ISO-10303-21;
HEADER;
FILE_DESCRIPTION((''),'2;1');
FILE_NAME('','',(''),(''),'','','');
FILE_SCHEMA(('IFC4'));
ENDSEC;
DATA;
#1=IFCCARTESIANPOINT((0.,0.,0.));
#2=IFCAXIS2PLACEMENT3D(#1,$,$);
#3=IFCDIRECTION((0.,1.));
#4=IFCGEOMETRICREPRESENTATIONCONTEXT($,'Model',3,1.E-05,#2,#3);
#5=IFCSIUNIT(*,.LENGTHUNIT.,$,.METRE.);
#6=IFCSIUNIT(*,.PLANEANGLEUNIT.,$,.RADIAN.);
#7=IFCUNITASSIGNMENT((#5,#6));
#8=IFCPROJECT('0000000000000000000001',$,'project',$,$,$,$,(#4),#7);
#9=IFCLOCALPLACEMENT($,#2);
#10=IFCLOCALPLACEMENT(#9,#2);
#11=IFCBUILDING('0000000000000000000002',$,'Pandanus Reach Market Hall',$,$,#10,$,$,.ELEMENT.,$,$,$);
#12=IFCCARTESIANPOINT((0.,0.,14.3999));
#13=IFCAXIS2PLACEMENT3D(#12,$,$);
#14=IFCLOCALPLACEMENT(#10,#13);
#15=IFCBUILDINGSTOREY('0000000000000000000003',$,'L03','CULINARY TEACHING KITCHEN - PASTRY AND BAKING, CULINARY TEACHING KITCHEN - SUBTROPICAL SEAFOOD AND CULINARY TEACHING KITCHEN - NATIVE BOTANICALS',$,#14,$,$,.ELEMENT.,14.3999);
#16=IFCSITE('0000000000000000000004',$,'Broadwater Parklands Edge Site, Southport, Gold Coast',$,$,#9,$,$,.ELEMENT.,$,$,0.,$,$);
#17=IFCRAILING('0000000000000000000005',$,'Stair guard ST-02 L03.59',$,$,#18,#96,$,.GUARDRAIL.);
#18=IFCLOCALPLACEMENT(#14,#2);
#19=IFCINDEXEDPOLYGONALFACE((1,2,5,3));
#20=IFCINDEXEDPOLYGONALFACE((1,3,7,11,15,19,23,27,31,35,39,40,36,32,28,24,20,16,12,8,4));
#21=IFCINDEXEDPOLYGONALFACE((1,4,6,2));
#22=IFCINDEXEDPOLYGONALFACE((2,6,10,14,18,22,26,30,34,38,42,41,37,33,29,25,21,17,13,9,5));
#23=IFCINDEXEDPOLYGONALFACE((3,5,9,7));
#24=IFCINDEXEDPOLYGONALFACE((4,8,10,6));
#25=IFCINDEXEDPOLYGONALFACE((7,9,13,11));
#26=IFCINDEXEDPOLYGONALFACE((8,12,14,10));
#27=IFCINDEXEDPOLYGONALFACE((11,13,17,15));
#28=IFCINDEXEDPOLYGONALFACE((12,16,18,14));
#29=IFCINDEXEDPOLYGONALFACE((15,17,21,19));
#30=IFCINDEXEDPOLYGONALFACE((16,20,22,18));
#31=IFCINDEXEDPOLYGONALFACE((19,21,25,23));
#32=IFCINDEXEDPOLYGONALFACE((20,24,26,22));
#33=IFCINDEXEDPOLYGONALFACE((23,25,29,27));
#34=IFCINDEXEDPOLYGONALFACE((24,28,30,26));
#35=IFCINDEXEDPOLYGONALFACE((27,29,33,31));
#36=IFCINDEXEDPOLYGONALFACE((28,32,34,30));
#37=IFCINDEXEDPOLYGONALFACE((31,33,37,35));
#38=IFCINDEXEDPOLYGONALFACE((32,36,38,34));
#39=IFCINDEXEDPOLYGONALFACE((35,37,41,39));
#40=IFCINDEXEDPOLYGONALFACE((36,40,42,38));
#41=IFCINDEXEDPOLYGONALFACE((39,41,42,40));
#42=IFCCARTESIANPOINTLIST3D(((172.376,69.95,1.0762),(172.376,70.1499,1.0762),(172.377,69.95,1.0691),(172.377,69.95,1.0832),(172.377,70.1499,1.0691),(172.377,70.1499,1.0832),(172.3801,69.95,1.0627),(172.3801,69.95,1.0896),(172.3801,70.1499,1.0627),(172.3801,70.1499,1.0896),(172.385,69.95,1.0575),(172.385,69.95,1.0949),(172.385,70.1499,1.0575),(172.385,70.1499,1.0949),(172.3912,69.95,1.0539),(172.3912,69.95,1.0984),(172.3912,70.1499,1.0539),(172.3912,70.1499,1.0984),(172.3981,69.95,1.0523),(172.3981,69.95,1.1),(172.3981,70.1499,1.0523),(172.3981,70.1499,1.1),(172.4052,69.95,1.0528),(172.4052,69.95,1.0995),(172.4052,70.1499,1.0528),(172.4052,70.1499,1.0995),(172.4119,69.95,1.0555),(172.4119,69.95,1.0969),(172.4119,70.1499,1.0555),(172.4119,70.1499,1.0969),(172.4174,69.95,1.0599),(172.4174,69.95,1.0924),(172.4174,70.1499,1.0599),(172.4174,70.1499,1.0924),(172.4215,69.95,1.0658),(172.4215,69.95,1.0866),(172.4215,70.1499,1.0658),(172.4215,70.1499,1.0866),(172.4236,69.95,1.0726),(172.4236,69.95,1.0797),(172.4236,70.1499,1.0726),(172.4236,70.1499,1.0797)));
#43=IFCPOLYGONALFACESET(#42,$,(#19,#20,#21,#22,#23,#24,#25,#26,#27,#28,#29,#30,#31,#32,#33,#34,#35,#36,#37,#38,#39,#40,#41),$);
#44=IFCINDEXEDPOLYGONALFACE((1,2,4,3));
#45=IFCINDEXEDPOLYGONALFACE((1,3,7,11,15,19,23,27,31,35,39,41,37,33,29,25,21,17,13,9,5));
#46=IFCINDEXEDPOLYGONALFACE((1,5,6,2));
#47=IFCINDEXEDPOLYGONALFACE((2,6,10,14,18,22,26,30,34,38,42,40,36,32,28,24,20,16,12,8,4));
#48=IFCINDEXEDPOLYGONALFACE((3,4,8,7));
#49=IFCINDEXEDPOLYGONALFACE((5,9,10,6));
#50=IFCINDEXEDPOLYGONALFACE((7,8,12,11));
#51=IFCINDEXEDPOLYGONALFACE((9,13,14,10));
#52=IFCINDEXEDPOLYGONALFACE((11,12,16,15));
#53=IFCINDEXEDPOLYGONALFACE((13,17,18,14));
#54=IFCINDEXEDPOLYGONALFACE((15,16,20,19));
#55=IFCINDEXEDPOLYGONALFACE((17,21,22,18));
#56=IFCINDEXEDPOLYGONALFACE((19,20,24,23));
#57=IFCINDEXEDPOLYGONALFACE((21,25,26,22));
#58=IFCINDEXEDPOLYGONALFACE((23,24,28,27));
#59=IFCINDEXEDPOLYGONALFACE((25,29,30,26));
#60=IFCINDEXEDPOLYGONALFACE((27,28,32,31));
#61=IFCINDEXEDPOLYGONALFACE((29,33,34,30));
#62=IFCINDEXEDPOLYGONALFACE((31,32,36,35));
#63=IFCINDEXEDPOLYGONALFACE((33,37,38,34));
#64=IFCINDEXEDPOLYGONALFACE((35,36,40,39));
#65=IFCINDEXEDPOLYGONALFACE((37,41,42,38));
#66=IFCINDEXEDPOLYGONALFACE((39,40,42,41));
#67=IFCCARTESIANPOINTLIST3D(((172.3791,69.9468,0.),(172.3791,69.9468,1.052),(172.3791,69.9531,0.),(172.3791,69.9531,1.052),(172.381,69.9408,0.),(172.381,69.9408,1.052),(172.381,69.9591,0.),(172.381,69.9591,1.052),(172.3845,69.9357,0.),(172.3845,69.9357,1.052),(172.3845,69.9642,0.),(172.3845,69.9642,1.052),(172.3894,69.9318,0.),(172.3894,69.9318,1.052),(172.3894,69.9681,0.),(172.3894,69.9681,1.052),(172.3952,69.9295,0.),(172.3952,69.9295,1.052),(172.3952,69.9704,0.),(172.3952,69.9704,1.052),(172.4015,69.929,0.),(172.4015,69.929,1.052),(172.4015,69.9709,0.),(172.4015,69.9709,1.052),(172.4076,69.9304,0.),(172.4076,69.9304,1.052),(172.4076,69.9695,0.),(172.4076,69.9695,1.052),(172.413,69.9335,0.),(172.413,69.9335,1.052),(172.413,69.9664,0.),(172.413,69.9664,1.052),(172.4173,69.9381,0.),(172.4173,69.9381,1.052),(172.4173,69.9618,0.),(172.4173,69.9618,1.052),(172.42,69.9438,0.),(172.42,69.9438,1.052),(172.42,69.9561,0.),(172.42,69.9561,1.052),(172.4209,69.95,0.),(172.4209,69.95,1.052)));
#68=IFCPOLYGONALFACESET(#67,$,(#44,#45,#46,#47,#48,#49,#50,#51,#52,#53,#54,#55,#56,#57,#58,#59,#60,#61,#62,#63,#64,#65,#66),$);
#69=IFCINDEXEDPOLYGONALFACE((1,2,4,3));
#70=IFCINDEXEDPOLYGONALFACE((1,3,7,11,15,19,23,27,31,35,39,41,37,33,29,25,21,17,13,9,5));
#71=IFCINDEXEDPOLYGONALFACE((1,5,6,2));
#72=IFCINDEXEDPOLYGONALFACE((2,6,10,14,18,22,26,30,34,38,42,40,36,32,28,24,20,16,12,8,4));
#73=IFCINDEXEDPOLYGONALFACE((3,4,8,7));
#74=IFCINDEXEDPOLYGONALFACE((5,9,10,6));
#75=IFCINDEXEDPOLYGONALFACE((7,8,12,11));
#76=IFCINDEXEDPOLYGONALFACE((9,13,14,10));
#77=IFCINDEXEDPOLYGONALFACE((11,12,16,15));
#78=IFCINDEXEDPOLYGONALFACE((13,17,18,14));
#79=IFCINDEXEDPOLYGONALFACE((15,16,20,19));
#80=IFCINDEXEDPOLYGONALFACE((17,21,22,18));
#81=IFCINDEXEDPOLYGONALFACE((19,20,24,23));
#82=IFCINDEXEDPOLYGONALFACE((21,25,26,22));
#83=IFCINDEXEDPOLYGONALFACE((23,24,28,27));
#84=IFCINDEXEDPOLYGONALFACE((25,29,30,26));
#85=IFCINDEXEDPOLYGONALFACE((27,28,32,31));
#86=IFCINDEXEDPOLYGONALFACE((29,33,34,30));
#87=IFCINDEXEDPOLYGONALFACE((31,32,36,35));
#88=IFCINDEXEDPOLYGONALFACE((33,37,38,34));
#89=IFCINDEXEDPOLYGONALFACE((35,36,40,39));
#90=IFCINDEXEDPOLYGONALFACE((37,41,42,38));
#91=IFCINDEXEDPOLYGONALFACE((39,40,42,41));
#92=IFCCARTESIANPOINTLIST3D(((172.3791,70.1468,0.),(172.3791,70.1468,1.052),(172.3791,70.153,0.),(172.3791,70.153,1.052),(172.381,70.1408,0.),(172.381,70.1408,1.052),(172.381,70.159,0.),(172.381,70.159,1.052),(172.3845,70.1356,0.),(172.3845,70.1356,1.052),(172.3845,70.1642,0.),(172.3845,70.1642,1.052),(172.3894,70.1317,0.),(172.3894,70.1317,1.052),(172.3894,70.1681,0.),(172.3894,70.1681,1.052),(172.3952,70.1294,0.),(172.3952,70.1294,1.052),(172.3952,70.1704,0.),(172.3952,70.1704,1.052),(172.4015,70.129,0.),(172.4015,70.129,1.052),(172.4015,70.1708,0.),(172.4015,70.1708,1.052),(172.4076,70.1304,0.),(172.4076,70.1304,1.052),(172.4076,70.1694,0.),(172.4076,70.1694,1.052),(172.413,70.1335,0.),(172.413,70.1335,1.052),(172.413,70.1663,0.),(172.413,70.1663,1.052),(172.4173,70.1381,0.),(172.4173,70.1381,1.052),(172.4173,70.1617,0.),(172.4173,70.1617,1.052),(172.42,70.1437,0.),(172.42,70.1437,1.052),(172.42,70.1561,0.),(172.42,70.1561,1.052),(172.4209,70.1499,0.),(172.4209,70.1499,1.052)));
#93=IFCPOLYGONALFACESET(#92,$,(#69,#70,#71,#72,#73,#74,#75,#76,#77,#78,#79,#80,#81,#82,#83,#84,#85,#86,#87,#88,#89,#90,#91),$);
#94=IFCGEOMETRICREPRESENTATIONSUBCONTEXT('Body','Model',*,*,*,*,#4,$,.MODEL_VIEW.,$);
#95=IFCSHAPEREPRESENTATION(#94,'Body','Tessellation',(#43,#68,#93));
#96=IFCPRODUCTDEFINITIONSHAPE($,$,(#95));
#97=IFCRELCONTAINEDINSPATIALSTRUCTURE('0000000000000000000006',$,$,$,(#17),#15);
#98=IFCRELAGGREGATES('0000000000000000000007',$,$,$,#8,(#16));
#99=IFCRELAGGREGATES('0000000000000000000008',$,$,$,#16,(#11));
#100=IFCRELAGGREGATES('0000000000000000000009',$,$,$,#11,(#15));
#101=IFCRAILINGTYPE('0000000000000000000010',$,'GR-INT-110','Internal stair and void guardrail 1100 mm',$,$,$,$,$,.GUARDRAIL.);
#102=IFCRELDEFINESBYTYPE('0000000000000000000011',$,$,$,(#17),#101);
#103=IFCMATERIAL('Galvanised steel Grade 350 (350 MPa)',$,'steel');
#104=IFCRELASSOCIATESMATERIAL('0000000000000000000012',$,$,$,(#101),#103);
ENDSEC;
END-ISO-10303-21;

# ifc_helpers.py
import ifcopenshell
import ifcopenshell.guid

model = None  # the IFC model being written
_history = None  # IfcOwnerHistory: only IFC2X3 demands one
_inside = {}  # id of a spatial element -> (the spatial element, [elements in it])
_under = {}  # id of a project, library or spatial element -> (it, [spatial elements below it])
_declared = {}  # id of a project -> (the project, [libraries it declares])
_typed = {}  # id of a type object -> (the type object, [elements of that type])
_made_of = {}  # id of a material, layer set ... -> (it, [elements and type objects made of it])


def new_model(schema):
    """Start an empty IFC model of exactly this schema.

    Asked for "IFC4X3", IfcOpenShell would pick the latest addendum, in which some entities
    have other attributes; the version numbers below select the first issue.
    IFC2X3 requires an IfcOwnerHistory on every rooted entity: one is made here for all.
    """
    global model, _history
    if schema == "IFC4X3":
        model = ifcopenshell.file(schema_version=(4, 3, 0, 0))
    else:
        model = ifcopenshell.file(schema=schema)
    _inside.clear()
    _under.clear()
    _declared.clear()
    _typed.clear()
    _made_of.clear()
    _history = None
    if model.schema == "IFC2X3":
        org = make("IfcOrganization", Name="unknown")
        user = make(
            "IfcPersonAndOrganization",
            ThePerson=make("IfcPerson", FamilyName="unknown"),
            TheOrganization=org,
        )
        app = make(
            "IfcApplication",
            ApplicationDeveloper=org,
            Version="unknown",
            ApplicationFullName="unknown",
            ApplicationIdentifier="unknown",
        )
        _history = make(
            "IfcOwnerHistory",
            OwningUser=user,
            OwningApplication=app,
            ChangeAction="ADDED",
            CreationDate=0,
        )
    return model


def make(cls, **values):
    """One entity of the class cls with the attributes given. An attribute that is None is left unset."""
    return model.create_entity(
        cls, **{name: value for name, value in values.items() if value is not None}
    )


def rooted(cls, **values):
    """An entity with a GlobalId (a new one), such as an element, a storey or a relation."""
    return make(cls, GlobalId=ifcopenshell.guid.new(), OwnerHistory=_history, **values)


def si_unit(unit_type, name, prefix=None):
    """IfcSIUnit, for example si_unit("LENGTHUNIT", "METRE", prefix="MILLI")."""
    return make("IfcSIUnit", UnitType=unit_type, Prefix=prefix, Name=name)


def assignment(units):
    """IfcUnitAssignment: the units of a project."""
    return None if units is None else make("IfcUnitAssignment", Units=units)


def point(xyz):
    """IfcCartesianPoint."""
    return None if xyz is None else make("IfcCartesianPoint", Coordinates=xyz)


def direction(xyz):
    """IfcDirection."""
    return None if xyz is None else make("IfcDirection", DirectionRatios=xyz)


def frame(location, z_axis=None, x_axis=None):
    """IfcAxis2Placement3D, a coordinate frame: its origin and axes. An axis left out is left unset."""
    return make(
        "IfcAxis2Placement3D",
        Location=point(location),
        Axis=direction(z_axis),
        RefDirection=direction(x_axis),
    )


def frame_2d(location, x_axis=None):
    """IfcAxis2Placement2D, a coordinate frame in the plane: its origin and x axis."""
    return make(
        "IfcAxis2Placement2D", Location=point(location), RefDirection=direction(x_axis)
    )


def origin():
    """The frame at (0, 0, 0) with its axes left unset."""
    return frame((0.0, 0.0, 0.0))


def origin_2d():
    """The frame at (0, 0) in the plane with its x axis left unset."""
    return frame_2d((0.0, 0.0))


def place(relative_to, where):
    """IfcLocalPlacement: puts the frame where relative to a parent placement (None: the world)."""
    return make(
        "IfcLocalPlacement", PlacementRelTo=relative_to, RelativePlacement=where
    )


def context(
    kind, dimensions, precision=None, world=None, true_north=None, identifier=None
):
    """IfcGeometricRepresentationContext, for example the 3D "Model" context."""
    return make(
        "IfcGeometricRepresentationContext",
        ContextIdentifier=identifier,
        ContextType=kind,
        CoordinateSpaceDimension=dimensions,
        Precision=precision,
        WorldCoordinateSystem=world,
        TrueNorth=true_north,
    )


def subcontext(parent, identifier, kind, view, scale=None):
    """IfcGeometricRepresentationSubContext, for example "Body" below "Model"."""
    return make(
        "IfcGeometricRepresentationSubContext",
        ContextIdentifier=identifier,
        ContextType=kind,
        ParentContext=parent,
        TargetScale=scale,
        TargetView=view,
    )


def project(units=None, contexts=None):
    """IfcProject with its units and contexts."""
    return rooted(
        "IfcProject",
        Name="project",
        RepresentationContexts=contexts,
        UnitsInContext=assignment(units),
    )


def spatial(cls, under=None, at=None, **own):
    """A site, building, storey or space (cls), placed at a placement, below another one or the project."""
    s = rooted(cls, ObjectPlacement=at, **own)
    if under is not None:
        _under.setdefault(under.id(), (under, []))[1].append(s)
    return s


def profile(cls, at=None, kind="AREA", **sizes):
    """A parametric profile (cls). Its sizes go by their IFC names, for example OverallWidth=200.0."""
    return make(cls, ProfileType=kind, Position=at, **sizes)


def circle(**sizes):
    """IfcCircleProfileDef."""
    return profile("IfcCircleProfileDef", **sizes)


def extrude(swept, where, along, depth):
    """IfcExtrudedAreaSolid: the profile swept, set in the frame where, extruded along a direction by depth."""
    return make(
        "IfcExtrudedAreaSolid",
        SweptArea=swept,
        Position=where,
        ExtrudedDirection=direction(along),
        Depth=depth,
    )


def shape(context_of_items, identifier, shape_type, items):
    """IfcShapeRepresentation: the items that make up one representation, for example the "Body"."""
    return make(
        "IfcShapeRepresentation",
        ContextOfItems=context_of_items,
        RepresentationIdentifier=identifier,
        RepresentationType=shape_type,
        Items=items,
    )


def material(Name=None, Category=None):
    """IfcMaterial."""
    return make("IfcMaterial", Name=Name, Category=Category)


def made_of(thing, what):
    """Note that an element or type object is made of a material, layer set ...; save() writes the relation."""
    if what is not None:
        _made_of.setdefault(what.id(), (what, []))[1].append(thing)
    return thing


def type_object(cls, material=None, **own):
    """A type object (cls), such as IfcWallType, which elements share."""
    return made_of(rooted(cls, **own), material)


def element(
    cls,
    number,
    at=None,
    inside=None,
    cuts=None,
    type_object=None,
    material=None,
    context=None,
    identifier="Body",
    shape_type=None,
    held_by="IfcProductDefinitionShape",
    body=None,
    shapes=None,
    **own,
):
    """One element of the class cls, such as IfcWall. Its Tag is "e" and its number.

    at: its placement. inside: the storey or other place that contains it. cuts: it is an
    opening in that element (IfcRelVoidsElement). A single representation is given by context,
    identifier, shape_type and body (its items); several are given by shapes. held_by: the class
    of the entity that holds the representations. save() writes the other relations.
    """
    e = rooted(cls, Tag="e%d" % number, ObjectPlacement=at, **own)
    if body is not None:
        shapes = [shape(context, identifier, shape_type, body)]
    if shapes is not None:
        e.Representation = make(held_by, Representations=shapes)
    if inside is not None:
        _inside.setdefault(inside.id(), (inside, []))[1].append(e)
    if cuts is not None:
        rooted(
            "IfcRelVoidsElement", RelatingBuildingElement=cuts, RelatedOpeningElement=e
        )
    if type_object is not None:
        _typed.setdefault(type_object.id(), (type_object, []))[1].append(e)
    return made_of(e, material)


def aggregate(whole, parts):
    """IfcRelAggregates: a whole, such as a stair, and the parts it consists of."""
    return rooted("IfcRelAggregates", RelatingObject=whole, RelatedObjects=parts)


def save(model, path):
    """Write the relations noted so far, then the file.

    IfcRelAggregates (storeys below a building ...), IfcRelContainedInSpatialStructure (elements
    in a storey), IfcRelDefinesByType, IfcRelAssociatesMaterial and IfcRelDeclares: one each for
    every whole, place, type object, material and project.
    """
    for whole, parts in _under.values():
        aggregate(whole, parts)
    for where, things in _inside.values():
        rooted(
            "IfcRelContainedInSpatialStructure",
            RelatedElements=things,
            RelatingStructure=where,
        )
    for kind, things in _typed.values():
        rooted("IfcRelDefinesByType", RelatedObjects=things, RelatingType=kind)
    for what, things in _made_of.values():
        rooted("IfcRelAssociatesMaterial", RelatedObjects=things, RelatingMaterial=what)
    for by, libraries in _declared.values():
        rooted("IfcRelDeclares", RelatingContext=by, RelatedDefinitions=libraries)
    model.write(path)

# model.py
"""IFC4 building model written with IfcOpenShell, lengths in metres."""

from ifc_helpers import new_model, si_unit, direction, frame, origin, origin_2d, place, context, subcontext, project, spatial, circle, extrude, material, type_object, element, save


model = new_model("IFC4")

# Units and contexts
model_context = context("Model", 3, precision=1e-05, world=origin(), true_north=direction((0.0, 1.0)))
body_context = subcontext(model_context, "Body", "Model", "MODEL_VIEW")
ifc_project = project(units=[si_unit("LENGTHUNIT", "METRE"), si_unit("PLANEANGLEUNIT", "RADIAN")], contexts=[model_context])

# Site, building, storey
site_placement = place(None, origin())
site = spatial("IfcSite", under=ifc_project, at=site_placement, Name="Broadwater Parklands Edge Site, Southport, Gold Coast", CompositionType="ELEMENT", RefElevation=0.0)
building_placement = place(site_placement, origin())
building = spatial("IfcBuilding", under=site, at=building_placement, Name="Pandanus Reach Market Hall", CompositionType="ELEMENT")
storey_placement = place(building_placement, frame((0.0, 0.0, 14.3999)))
storey = spatial("IfcBuildingStorey", under=building, at=storey_placement, Name="L03", Description="CULINARY TEACHING KITCHEN - PASTRY AND BAKING, CULINARY TEACHING KITCHEN - SUBTROPICAL SEAFOOD AND CULINARY TEACHING KITCHEN - NATIVE BOTANICALS", CompositionType="ELEMENT", Elevation=14.3999)

# Railing
ifc_material_1 = material(Name="Galvanised steel Grade 350 (350 MPa)", Category="steel")
railing_type_1 = type_object("IfcRailingType", Name="GR-INT-110", Description="Internal stair and void guardrail 1100 mm", PredefinedType="GUARDRAIL", material=ifc_material_1)
railing_1_placement = place(storey_placement, frame((172.3999, 69.95, 0.0)))
element("IfcRailing", 1, at=railing_1_placement, inside=storey, type_object=railing_type_1, Name="Stair guard ST-02 L03.59", PredefinedType="GUARDRAIL", context=body_context, shape_type="SweptSolid", body=[
    extrude(circle(Radius=0.0239, at=origin_2d()), frame((0.0, 0.0, 1.0762), z_axis=(0.0, 1.0, 0.0), x_axis=(-1.0, 0.0, 0.0)), (0.0, 0.0, 1.0), 0.2),
    extrude(circle(Radius=0.021, at=origin_2d()), origin(), (0.0, 0.0, 1.0), 1.052),
    extrude(circle(Radius=0.021, at=origin_2d()), frame((0.0, 0.2, 0.0)), (0.0, 0.0, 1.0), 1.052),
])

save(model, "model.ifc")
